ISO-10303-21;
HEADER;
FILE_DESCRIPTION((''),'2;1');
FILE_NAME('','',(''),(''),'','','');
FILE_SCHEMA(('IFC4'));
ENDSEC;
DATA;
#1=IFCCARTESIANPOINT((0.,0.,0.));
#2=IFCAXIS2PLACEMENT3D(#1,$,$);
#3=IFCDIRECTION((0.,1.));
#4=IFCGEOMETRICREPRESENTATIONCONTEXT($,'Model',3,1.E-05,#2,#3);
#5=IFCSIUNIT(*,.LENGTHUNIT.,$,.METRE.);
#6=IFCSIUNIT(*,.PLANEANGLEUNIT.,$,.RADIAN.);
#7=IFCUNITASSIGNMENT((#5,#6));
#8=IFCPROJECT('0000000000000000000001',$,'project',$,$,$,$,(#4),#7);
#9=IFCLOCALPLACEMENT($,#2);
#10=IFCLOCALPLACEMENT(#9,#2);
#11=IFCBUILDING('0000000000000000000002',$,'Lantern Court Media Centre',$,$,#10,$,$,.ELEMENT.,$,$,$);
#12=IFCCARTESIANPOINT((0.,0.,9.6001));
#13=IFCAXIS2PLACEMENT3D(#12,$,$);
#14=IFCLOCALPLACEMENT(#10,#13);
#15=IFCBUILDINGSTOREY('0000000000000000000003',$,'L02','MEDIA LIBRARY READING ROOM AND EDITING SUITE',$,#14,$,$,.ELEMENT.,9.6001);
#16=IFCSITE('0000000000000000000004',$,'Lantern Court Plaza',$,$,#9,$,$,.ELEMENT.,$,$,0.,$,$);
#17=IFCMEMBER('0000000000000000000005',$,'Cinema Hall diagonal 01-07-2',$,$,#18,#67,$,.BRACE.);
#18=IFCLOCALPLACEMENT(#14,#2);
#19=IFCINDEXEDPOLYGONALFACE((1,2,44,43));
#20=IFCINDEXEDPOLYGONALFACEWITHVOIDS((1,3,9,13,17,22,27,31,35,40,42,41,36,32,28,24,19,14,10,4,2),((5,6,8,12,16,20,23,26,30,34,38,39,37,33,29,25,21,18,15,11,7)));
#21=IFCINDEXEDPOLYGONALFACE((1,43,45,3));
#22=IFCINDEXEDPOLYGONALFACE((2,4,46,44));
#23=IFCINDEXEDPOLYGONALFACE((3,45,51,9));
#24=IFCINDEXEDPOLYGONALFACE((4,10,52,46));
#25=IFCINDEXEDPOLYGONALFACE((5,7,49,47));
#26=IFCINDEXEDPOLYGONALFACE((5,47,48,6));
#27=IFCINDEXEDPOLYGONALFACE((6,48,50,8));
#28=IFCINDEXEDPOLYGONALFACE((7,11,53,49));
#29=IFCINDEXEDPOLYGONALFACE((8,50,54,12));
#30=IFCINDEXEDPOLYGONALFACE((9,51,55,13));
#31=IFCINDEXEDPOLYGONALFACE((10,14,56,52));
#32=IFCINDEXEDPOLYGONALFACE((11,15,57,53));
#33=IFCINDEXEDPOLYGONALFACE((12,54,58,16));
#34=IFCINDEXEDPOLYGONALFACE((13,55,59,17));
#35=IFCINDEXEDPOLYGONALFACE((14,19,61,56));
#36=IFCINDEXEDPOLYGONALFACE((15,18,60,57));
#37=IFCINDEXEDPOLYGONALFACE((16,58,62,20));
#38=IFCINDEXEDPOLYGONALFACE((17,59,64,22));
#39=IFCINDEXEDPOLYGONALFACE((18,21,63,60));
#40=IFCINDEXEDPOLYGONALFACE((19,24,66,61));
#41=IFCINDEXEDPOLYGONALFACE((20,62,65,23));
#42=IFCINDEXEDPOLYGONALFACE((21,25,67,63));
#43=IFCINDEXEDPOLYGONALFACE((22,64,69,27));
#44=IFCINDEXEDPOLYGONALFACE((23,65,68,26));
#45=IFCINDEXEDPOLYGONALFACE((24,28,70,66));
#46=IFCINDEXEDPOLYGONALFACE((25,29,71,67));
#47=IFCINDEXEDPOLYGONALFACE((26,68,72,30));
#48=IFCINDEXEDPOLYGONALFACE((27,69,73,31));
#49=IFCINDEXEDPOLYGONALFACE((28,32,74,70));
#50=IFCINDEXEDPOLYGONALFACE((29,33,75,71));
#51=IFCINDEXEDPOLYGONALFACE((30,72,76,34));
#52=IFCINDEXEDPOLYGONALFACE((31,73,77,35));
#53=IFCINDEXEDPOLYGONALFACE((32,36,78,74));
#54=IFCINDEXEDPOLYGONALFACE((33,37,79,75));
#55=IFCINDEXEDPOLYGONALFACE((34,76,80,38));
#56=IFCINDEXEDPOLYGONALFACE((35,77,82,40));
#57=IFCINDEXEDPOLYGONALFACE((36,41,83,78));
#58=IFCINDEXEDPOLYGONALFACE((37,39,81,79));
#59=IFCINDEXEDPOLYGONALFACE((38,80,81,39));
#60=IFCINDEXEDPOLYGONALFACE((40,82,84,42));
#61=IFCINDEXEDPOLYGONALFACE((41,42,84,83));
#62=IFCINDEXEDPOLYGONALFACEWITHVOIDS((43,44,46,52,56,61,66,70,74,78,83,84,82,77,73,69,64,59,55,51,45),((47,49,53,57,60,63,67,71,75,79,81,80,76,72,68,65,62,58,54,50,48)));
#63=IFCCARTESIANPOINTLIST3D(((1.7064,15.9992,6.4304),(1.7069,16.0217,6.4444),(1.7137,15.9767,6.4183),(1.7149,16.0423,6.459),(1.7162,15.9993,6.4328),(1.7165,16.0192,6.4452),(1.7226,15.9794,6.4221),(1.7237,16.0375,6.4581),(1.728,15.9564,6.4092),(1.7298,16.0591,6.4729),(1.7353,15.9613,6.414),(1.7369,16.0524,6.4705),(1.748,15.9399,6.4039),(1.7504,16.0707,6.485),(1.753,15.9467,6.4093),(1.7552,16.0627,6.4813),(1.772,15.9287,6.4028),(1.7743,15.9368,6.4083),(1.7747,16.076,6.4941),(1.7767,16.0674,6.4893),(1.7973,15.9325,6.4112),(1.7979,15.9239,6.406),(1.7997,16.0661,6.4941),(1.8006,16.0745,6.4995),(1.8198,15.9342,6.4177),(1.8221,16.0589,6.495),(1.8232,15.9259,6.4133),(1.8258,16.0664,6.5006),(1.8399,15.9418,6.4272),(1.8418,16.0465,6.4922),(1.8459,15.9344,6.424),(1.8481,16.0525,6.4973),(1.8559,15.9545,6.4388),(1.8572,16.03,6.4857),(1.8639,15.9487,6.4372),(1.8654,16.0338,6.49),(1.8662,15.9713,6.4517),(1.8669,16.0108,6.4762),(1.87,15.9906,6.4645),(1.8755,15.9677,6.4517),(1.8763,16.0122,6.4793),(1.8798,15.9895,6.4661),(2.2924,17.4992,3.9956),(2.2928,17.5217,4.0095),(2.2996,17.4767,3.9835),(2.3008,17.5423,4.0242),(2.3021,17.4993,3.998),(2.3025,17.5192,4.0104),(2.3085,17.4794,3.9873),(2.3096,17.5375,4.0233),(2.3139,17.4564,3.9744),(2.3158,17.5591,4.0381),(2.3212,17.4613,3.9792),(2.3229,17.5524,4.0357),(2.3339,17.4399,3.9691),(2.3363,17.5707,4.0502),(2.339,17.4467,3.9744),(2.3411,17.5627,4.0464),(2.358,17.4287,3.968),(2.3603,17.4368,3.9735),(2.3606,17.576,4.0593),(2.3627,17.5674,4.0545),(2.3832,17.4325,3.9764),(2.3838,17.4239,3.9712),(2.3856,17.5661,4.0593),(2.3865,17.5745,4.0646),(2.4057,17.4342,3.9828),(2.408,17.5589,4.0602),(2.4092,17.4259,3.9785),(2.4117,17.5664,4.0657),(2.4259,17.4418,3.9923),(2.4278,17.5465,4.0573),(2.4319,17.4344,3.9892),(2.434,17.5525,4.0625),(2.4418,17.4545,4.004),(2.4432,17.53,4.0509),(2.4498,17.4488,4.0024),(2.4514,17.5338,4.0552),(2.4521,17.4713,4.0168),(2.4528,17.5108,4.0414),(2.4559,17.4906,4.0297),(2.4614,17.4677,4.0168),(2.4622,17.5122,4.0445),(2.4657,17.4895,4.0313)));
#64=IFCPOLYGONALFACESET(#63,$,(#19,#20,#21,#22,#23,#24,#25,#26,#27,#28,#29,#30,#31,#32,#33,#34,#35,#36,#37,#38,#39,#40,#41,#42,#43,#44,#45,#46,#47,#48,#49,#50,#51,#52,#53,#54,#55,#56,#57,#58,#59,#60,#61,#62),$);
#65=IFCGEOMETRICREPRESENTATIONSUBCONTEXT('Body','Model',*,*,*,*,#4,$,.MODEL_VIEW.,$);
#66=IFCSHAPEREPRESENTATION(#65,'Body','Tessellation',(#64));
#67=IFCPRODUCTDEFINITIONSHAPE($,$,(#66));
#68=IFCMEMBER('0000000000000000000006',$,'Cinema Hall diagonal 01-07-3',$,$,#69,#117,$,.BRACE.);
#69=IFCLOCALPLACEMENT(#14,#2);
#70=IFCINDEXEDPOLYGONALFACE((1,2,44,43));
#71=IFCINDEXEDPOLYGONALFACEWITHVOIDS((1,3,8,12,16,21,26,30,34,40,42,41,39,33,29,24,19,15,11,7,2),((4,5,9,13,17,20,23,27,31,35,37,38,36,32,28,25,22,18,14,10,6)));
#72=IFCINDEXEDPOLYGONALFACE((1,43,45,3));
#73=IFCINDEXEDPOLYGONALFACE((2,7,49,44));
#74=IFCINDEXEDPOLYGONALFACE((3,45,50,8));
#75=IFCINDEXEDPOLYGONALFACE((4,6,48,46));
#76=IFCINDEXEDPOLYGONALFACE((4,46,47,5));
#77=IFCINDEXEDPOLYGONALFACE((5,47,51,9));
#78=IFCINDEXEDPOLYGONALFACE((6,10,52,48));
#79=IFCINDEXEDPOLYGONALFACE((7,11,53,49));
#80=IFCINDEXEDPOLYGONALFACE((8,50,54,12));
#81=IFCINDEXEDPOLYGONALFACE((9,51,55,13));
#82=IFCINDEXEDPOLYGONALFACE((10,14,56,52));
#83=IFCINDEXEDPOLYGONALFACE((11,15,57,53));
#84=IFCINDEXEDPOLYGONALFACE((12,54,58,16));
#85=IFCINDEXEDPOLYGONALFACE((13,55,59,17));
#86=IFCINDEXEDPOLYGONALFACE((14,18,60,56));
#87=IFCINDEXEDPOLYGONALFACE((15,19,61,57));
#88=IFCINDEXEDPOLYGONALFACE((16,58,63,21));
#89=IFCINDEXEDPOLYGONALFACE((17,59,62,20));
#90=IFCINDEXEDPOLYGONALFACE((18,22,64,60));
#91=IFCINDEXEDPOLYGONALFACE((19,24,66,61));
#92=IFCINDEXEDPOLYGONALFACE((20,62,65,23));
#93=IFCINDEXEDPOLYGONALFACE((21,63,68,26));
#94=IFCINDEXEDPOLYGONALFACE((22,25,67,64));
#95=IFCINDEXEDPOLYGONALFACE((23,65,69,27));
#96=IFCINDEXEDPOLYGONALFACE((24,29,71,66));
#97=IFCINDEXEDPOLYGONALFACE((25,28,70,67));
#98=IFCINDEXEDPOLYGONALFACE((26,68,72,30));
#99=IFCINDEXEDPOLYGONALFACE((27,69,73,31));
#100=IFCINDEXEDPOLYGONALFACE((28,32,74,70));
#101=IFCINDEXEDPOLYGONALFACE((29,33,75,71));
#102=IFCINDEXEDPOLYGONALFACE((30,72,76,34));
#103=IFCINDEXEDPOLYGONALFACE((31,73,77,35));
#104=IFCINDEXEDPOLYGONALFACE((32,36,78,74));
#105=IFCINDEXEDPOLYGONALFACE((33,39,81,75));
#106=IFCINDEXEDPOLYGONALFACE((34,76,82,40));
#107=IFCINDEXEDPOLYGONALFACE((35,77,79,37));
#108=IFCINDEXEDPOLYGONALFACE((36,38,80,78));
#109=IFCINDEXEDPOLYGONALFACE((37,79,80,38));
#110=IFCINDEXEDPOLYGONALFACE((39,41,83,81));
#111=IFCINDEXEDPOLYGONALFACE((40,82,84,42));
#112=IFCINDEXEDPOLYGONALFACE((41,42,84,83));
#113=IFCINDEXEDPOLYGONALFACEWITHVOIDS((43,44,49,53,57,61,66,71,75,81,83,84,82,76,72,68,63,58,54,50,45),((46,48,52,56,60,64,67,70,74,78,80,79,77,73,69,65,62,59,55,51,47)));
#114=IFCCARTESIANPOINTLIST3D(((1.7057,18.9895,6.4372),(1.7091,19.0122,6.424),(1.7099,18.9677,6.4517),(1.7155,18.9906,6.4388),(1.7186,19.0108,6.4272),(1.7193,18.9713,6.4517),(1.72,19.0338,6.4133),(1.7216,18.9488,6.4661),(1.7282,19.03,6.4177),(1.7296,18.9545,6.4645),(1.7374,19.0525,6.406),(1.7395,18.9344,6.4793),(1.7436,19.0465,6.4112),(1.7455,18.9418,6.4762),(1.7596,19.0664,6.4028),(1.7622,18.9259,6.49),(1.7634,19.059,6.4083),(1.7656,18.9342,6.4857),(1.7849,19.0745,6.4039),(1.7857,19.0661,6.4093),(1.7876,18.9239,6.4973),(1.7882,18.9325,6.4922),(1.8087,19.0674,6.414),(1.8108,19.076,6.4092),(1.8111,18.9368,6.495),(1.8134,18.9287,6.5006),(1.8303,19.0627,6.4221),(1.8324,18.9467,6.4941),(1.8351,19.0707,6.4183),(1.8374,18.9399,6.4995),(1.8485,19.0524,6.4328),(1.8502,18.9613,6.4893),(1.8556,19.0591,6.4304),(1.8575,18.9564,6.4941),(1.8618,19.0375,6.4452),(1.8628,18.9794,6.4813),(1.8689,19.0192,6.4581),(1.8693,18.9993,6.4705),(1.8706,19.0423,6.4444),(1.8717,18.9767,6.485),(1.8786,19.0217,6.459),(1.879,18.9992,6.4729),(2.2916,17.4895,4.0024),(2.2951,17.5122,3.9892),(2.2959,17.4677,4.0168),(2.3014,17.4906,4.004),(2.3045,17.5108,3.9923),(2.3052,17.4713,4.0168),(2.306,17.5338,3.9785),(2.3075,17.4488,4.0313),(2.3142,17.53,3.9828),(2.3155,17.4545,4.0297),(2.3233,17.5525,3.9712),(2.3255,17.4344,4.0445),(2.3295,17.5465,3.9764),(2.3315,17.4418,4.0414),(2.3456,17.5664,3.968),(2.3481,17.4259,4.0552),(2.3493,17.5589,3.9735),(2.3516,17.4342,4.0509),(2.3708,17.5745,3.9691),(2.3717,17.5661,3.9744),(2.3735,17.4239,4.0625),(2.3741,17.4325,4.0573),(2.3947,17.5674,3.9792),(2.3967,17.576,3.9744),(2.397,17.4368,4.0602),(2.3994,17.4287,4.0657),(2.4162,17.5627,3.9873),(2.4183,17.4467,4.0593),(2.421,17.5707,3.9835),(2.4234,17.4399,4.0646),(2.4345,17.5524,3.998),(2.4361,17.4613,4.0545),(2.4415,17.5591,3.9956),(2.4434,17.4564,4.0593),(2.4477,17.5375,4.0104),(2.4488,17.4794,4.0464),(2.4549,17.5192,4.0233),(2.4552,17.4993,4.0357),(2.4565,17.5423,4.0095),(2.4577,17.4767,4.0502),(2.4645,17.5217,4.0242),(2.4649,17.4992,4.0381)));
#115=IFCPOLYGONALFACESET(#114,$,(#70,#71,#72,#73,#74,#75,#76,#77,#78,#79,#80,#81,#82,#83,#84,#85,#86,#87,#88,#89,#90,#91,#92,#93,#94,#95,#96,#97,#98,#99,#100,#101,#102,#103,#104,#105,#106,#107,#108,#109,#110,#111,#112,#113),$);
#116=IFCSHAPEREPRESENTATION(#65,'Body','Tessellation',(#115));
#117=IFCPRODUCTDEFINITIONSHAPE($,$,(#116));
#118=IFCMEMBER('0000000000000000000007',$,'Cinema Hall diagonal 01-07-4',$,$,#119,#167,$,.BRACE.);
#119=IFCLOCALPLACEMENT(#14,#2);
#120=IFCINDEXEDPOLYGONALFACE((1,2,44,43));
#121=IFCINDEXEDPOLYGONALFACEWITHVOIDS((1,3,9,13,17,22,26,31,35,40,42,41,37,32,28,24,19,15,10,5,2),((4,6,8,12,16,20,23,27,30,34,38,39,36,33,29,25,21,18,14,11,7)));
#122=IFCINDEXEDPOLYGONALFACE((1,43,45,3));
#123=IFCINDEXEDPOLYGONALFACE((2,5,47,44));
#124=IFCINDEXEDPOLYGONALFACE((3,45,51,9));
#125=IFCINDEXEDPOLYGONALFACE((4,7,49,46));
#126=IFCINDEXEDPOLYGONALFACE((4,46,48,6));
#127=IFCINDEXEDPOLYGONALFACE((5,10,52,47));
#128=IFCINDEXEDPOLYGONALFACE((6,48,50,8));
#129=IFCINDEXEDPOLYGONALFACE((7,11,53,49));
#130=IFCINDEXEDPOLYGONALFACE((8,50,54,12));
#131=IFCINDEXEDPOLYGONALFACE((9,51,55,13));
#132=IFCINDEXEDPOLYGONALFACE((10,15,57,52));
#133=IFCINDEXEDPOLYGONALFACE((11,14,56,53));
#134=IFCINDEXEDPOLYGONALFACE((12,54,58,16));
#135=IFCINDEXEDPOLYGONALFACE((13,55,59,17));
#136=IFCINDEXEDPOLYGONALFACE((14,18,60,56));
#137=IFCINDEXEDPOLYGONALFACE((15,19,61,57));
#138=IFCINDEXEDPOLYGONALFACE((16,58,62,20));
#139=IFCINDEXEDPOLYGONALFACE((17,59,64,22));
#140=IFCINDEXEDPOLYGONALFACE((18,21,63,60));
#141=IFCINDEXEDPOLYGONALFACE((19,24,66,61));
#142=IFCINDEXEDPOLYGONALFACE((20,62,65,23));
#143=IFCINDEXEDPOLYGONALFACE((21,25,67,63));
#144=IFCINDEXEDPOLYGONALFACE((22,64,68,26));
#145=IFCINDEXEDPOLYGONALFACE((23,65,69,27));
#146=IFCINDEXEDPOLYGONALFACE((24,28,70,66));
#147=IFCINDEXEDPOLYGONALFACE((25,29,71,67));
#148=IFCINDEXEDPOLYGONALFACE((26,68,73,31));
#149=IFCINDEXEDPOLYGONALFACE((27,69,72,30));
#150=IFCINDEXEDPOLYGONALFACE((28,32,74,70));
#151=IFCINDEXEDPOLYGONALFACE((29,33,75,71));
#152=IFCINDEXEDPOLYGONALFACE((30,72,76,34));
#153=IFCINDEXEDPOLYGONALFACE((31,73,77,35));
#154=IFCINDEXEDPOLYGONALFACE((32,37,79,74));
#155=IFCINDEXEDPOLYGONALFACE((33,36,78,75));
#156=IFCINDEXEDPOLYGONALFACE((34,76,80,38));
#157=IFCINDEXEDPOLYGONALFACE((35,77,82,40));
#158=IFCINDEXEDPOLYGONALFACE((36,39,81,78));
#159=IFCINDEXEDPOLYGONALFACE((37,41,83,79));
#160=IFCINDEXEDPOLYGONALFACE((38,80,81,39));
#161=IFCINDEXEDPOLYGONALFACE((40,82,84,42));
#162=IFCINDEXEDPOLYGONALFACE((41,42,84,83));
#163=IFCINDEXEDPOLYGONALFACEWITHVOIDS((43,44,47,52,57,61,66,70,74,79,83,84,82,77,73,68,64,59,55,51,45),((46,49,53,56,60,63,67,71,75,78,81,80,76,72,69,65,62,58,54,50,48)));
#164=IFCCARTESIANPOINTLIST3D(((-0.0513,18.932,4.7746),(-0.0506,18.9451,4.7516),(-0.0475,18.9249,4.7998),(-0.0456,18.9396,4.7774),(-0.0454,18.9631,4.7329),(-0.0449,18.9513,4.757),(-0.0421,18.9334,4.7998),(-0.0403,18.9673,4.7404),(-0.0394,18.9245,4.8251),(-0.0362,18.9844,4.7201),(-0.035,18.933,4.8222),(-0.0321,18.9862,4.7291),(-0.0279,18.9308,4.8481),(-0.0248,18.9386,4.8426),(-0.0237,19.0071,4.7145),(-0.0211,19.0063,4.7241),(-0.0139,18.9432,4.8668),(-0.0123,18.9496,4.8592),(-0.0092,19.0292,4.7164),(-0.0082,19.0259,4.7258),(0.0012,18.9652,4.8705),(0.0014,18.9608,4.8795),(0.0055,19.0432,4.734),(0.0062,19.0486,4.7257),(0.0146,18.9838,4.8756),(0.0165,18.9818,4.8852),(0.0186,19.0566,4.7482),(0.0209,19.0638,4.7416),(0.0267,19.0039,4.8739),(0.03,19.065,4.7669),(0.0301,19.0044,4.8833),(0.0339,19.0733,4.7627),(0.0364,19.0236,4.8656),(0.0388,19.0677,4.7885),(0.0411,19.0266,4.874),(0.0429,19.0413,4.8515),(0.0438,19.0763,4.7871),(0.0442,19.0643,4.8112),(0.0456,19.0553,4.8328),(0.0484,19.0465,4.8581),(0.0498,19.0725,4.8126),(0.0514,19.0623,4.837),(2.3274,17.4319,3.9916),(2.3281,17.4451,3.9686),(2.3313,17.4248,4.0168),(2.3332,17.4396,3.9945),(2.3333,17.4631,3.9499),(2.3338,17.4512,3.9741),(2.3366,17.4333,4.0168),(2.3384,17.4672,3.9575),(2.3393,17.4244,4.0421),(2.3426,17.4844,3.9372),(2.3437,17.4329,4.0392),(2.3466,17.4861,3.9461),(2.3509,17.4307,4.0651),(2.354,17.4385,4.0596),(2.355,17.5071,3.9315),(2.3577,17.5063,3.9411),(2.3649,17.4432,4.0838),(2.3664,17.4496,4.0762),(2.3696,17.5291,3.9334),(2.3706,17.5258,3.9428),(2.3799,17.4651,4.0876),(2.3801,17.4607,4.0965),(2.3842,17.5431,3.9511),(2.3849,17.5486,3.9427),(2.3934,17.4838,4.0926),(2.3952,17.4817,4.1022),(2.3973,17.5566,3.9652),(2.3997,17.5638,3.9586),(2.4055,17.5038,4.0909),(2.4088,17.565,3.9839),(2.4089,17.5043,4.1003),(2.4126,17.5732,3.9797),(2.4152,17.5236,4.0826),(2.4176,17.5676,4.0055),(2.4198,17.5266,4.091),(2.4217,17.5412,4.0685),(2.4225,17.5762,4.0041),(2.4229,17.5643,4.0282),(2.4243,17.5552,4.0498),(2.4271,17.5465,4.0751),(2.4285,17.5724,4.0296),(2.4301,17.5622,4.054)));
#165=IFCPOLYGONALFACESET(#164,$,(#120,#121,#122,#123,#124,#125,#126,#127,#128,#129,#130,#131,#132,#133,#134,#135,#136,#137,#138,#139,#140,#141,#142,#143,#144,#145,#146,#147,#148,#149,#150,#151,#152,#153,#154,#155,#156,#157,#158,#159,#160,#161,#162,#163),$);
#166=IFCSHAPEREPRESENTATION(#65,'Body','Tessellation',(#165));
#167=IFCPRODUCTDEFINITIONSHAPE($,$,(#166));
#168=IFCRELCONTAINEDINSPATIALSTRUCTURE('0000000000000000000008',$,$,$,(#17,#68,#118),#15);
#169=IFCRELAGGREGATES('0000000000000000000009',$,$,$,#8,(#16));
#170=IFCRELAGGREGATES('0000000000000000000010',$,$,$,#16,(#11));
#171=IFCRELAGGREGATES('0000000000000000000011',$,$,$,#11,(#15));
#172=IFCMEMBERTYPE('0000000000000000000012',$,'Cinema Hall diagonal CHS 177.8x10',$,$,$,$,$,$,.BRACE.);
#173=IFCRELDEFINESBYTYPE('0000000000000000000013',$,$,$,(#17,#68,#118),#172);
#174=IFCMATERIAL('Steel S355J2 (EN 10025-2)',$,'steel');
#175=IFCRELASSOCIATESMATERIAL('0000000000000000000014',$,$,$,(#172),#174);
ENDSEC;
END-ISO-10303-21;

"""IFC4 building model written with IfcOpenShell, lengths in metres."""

from ifc_helpers import new_model, si_unit, direction, frame, origin, origin_2d, place, context, subcontext, project, spatial, hollow_circle, extrude, material, material_profile, profile_set, type_object, element, save


model = new_model("IFC4")

# Units and contexts
model_context = context("Model", 3, precision=1e-05, world=origin(), true_north=direction((0.0, 1.0)))
body_context = subcontext(model_context, "Body", "Model", "MODEL_VIEW")
ifc_project = project(units=[si_unit("LENGTHUNIT", "METRE"), si_unit("PLANEANGLEUNIT", "RADIAN")], contexts=[model_context])

# Site, building, storey
site_placement = place(None, origin())
site = spatial("IfcSite", under=ifc_project, at=site_placement, Name="Lantern Court Plaza", CompositionType="ELEMENT", RefElevation=0.0)
building_placement = place(site_placement, origin())
building = spatial("IfcBuilding", under=site, at=building_placement, Name="Lantern Court Media Centre", CompositionType="ELEMENT")
storey_placement = place(building_placement, frame((0.0, 0.0, 9.6001)))
storey = spatial("IfcBuildingStorey", under=building, at=storey_placement, Name="L02", Description="MEDIA LIBRARY READING ROOM AND EDITING SUITE", CompositionType="ELEMENT", Elevation=9.6001)

# Shared definitions
ifc_material = material(Name="Steel S355J2 (EN 10025-2)", Category="steel")

# Members
ifc_material_profile_1 = material_profile(ifc_material, hollow_circle(Radius=0.0889, WallThickness=0.01, at=origin_2d()), Name="Cinema Hall diagonal CHS 177.8x10")
ifc_profile_set_1 = profile_set([ifc_material_profile_1], Name="Steel S355J2 (EN 10025-2)")
member_type_1 = type_object("IfcMemberType", Name="Cinema Hall diagonal CHS 177.8x10", PredefinedType="BRACE", material=ifc_profile_set_1)
for number, where, z_axis, x_axis, name in (
    (1, (2.3787, 17.5, 4.0168), (-0.20072, -0.513842, 0.834073), (0.931457, -0.363851, 0.0), "Cinema Hall diagonal 01-07-2"),
    (2, (2.3787, 17.5, 4.0168), (-0.20072, 0.513842, 0.834073), (-0.931457, -0.363851, 0.0), "Cinema Hall diagonal 01-07-3"),
    (3, (2.3787, 17.5, 4.0168), (-0.814866, 0.51386, 0.268221), (-0.533405, -0.84586, 0.0), "Cinema Hall diagonal 01-07-4"),
):
    element("IfcMember", number, at=place(storey_placement, frame(where, z_axis=z_axis, x_axis=x_axis)), inside=storey, type_object=member_type_1, Name=name, PredefinedType="BRACE", context=body_context, shape_type="SweptSolid", body=[
        extrude(hollow_circle(Radius=0.0889, WallThickness=0.01, at=origin_2d()), origin(), (0.0, 0.0, 1.0), 2.9192),
    ])

save(model, "model.ifc")
